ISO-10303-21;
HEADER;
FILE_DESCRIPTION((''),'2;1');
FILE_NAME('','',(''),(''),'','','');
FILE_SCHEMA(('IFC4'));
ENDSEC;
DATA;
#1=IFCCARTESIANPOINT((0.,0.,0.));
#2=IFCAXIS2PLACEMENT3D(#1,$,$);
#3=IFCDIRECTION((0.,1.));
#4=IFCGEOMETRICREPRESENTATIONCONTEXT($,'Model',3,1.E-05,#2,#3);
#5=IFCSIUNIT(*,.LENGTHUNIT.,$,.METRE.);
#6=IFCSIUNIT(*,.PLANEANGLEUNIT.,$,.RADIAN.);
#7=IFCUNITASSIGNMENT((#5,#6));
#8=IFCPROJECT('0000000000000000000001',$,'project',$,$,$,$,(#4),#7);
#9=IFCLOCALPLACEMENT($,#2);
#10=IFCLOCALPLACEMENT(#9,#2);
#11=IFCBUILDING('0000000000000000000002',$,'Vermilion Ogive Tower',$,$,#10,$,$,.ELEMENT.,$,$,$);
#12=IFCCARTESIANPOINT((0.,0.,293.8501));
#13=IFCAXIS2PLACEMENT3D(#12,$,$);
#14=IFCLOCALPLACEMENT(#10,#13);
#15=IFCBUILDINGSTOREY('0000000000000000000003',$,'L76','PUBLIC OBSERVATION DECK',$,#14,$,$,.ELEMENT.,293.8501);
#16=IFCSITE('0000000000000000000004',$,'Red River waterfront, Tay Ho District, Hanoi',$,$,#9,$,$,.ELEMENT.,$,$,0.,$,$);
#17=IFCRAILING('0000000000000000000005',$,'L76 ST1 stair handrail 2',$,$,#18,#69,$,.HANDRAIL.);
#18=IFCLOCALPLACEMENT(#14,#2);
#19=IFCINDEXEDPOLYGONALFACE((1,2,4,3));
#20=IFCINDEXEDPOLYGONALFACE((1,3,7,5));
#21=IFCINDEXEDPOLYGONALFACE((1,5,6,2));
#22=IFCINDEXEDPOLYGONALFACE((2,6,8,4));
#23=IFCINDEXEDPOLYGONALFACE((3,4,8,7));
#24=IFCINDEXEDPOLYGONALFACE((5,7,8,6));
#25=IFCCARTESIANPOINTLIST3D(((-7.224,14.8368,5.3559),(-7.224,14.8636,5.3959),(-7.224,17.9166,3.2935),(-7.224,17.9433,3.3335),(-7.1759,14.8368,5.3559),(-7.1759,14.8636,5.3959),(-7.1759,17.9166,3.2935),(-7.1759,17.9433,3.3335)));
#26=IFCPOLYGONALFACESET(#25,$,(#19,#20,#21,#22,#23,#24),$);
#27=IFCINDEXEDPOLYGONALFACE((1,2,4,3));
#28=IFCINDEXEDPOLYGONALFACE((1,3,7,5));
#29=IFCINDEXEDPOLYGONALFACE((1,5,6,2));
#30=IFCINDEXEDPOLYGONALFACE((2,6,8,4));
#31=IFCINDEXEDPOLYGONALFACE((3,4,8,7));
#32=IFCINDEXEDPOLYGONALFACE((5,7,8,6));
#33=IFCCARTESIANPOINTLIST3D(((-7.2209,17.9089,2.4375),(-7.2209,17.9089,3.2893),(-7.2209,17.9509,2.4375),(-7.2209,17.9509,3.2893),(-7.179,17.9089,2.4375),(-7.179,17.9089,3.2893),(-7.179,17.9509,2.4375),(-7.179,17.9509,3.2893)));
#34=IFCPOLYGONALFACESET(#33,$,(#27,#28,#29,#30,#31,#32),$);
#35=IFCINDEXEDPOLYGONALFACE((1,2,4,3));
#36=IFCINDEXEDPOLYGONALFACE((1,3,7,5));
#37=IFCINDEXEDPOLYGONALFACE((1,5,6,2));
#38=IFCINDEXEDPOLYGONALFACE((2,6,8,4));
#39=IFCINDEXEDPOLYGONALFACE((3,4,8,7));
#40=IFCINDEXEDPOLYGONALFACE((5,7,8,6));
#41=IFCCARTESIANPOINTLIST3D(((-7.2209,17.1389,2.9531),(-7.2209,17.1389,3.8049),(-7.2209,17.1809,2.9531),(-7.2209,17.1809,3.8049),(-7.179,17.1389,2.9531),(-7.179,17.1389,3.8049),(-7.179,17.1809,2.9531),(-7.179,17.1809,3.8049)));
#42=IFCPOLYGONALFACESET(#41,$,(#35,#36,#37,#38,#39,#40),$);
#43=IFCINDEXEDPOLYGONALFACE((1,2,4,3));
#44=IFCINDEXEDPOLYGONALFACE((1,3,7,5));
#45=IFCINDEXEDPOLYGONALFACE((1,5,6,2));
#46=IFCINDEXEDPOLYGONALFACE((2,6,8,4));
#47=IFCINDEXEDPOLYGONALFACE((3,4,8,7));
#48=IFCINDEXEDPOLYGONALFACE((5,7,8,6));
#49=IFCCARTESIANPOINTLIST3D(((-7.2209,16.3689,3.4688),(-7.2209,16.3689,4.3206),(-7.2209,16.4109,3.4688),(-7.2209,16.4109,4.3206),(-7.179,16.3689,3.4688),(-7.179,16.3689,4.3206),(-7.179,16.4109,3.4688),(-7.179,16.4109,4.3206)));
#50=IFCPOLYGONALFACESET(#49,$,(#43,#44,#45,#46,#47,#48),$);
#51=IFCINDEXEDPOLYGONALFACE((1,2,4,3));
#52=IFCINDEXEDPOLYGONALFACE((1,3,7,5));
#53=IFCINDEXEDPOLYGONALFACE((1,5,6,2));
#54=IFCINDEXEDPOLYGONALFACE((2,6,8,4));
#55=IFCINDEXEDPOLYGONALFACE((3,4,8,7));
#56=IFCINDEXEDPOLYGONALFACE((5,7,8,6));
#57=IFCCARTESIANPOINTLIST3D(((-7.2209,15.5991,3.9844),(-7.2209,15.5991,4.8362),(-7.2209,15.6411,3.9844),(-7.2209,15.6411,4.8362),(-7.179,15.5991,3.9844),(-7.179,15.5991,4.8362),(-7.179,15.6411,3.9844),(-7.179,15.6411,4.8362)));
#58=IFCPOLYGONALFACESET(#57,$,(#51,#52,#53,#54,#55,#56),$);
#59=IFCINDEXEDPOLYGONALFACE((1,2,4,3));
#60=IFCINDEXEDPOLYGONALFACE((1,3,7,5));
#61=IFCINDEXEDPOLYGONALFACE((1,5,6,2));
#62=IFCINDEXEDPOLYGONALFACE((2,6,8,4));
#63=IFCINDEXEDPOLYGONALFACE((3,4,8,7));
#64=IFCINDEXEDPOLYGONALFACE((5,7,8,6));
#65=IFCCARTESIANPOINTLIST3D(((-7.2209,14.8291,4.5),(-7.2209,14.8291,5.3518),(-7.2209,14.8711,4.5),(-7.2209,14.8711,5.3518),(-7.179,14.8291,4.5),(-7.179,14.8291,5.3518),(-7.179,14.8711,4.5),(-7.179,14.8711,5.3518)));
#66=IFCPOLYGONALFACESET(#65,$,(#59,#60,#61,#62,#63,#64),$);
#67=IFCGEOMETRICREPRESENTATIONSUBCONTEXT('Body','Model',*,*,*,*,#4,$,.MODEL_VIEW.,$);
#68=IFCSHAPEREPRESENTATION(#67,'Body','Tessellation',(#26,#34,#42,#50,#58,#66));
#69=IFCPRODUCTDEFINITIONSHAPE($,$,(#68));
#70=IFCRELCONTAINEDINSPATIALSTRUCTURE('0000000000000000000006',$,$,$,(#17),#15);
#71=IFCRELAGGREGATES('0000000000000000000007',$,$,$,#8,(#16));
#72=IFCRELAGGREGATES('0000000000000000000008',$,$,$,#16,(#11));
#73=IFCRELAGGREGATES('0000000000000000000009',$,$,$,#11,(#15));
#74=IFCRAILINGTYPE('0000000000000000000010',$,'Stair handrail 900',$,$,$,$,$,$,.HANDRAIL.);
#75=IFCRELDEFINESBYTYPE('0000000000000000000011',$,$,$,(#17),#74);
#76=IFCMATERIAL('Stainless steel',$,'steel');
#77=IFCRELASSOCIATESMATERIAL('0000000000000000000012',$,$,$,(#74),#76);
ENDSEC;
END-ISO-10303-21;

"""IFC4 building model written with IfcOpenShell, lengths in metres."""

from ifc_helpers import new_model, si_unit, direction, frame, origin, origin_2d, place, context, subcontext, project, spatial, rectangle, extrude, material, type_object, element, save


model = new_model("IFC4")

# Units and contexts
model_context = context("Model", 3, precision=1e-05, world=origin(), true_north=direction((0.0, 1.0)))
body_context = subcontext(model_context, "Body", "Model", "MODEL_VIEW")
ifc_project = project(units=[si_unit("LENGTHUNIT", "METRE"), si_unit("PLANEANGLEUNIT", "RADIAN")], contexts=[model_context])

# Site, building, storey
site_placement = place(None, origin())
site = spatial("IfcSite", under=ifc_project, at=site_placement, Name="Red River waterfront, Tay Ho District, Hanoi", CompositionType="ELEMENT", RefElevation=0.0)
building_placement = place(site_placement, origin())
building = spatial("IfcBuilding", under=site, at=building_placement, Name="Vermilion Ogive Tower", CompositionType="ELEMENT")
storey_placement = place(building_placement, frame((0.0, 0.0, 293.8501)))
storey = spatial("IfcBuildingStorey", under=building, at=storey_placement, Name="L76", Description="PUBLIC OBSERVATION DECK", CompositionType="ELEMENT", Elevation=293.8501)

# Railing
ifc_material_1 = material(Name="Stainless steel", Category="steel")
railing_type_1 = type_object("IfcRailingType", Name="Stair handrail 900", PredefinedType="HANDRAIL", material=ifc_material_1)
railing_1_placement = place(storey_placement, frame((-7.2, 17.9299, 2.4375)))
element("IfcRailing", 1, at=railing_1_placement, inside=storey, type_object=railing_type_1, Name="L76 ST1 stair handrail 2", PredefinedType="HANDRAIL", context=body_context, shape_type="SweptSolid", body=[
    extrude(rectangle(XDim=0.0481, YDim=0.0481, at=origin_2d()), frame((0.0, 0.0, 0.876), z_axis=(0.0, -0.830893, 0.556432), x_axis=(1.0, 0.0, 0.0)), (0.0, 0.0, 1.0), 3.7065),
    extrude(rectangle(XDim=0.042, YDim=0.042, at=origin_2d()), origin(), (0.0, 0.0, 1.0), 0.8518),
    extrude(rectangle(XDim=0.042, YDim=0.042, at=origin_2d()), frame((0.0, -0.77, 0.5156)), (0.0, 0.0, 1.0), 0.8518),
    extrude(rectangle(XDim=0.042, YDim=0.042, at=origin_2d()), frame((0.0, -1.54, 1.0312)), (0.0, 0.0, 1.0), 0.8518),
    extrude(rectangle(XDim=0.042, YDim=0.042, at=origin_2d()), frame((0.0, -2.3098, 1.5469)), (0.0, 0.0, 1.0), 0.8518),
    extrude(rectangle(XDim=0.042, YDim=0.042, at=origin_2d()), frame((0.0, -3.0798, 2.0625)), (0.0, 0.0, 1.0), 0.8518),
])

save(model, "model.ifc")
